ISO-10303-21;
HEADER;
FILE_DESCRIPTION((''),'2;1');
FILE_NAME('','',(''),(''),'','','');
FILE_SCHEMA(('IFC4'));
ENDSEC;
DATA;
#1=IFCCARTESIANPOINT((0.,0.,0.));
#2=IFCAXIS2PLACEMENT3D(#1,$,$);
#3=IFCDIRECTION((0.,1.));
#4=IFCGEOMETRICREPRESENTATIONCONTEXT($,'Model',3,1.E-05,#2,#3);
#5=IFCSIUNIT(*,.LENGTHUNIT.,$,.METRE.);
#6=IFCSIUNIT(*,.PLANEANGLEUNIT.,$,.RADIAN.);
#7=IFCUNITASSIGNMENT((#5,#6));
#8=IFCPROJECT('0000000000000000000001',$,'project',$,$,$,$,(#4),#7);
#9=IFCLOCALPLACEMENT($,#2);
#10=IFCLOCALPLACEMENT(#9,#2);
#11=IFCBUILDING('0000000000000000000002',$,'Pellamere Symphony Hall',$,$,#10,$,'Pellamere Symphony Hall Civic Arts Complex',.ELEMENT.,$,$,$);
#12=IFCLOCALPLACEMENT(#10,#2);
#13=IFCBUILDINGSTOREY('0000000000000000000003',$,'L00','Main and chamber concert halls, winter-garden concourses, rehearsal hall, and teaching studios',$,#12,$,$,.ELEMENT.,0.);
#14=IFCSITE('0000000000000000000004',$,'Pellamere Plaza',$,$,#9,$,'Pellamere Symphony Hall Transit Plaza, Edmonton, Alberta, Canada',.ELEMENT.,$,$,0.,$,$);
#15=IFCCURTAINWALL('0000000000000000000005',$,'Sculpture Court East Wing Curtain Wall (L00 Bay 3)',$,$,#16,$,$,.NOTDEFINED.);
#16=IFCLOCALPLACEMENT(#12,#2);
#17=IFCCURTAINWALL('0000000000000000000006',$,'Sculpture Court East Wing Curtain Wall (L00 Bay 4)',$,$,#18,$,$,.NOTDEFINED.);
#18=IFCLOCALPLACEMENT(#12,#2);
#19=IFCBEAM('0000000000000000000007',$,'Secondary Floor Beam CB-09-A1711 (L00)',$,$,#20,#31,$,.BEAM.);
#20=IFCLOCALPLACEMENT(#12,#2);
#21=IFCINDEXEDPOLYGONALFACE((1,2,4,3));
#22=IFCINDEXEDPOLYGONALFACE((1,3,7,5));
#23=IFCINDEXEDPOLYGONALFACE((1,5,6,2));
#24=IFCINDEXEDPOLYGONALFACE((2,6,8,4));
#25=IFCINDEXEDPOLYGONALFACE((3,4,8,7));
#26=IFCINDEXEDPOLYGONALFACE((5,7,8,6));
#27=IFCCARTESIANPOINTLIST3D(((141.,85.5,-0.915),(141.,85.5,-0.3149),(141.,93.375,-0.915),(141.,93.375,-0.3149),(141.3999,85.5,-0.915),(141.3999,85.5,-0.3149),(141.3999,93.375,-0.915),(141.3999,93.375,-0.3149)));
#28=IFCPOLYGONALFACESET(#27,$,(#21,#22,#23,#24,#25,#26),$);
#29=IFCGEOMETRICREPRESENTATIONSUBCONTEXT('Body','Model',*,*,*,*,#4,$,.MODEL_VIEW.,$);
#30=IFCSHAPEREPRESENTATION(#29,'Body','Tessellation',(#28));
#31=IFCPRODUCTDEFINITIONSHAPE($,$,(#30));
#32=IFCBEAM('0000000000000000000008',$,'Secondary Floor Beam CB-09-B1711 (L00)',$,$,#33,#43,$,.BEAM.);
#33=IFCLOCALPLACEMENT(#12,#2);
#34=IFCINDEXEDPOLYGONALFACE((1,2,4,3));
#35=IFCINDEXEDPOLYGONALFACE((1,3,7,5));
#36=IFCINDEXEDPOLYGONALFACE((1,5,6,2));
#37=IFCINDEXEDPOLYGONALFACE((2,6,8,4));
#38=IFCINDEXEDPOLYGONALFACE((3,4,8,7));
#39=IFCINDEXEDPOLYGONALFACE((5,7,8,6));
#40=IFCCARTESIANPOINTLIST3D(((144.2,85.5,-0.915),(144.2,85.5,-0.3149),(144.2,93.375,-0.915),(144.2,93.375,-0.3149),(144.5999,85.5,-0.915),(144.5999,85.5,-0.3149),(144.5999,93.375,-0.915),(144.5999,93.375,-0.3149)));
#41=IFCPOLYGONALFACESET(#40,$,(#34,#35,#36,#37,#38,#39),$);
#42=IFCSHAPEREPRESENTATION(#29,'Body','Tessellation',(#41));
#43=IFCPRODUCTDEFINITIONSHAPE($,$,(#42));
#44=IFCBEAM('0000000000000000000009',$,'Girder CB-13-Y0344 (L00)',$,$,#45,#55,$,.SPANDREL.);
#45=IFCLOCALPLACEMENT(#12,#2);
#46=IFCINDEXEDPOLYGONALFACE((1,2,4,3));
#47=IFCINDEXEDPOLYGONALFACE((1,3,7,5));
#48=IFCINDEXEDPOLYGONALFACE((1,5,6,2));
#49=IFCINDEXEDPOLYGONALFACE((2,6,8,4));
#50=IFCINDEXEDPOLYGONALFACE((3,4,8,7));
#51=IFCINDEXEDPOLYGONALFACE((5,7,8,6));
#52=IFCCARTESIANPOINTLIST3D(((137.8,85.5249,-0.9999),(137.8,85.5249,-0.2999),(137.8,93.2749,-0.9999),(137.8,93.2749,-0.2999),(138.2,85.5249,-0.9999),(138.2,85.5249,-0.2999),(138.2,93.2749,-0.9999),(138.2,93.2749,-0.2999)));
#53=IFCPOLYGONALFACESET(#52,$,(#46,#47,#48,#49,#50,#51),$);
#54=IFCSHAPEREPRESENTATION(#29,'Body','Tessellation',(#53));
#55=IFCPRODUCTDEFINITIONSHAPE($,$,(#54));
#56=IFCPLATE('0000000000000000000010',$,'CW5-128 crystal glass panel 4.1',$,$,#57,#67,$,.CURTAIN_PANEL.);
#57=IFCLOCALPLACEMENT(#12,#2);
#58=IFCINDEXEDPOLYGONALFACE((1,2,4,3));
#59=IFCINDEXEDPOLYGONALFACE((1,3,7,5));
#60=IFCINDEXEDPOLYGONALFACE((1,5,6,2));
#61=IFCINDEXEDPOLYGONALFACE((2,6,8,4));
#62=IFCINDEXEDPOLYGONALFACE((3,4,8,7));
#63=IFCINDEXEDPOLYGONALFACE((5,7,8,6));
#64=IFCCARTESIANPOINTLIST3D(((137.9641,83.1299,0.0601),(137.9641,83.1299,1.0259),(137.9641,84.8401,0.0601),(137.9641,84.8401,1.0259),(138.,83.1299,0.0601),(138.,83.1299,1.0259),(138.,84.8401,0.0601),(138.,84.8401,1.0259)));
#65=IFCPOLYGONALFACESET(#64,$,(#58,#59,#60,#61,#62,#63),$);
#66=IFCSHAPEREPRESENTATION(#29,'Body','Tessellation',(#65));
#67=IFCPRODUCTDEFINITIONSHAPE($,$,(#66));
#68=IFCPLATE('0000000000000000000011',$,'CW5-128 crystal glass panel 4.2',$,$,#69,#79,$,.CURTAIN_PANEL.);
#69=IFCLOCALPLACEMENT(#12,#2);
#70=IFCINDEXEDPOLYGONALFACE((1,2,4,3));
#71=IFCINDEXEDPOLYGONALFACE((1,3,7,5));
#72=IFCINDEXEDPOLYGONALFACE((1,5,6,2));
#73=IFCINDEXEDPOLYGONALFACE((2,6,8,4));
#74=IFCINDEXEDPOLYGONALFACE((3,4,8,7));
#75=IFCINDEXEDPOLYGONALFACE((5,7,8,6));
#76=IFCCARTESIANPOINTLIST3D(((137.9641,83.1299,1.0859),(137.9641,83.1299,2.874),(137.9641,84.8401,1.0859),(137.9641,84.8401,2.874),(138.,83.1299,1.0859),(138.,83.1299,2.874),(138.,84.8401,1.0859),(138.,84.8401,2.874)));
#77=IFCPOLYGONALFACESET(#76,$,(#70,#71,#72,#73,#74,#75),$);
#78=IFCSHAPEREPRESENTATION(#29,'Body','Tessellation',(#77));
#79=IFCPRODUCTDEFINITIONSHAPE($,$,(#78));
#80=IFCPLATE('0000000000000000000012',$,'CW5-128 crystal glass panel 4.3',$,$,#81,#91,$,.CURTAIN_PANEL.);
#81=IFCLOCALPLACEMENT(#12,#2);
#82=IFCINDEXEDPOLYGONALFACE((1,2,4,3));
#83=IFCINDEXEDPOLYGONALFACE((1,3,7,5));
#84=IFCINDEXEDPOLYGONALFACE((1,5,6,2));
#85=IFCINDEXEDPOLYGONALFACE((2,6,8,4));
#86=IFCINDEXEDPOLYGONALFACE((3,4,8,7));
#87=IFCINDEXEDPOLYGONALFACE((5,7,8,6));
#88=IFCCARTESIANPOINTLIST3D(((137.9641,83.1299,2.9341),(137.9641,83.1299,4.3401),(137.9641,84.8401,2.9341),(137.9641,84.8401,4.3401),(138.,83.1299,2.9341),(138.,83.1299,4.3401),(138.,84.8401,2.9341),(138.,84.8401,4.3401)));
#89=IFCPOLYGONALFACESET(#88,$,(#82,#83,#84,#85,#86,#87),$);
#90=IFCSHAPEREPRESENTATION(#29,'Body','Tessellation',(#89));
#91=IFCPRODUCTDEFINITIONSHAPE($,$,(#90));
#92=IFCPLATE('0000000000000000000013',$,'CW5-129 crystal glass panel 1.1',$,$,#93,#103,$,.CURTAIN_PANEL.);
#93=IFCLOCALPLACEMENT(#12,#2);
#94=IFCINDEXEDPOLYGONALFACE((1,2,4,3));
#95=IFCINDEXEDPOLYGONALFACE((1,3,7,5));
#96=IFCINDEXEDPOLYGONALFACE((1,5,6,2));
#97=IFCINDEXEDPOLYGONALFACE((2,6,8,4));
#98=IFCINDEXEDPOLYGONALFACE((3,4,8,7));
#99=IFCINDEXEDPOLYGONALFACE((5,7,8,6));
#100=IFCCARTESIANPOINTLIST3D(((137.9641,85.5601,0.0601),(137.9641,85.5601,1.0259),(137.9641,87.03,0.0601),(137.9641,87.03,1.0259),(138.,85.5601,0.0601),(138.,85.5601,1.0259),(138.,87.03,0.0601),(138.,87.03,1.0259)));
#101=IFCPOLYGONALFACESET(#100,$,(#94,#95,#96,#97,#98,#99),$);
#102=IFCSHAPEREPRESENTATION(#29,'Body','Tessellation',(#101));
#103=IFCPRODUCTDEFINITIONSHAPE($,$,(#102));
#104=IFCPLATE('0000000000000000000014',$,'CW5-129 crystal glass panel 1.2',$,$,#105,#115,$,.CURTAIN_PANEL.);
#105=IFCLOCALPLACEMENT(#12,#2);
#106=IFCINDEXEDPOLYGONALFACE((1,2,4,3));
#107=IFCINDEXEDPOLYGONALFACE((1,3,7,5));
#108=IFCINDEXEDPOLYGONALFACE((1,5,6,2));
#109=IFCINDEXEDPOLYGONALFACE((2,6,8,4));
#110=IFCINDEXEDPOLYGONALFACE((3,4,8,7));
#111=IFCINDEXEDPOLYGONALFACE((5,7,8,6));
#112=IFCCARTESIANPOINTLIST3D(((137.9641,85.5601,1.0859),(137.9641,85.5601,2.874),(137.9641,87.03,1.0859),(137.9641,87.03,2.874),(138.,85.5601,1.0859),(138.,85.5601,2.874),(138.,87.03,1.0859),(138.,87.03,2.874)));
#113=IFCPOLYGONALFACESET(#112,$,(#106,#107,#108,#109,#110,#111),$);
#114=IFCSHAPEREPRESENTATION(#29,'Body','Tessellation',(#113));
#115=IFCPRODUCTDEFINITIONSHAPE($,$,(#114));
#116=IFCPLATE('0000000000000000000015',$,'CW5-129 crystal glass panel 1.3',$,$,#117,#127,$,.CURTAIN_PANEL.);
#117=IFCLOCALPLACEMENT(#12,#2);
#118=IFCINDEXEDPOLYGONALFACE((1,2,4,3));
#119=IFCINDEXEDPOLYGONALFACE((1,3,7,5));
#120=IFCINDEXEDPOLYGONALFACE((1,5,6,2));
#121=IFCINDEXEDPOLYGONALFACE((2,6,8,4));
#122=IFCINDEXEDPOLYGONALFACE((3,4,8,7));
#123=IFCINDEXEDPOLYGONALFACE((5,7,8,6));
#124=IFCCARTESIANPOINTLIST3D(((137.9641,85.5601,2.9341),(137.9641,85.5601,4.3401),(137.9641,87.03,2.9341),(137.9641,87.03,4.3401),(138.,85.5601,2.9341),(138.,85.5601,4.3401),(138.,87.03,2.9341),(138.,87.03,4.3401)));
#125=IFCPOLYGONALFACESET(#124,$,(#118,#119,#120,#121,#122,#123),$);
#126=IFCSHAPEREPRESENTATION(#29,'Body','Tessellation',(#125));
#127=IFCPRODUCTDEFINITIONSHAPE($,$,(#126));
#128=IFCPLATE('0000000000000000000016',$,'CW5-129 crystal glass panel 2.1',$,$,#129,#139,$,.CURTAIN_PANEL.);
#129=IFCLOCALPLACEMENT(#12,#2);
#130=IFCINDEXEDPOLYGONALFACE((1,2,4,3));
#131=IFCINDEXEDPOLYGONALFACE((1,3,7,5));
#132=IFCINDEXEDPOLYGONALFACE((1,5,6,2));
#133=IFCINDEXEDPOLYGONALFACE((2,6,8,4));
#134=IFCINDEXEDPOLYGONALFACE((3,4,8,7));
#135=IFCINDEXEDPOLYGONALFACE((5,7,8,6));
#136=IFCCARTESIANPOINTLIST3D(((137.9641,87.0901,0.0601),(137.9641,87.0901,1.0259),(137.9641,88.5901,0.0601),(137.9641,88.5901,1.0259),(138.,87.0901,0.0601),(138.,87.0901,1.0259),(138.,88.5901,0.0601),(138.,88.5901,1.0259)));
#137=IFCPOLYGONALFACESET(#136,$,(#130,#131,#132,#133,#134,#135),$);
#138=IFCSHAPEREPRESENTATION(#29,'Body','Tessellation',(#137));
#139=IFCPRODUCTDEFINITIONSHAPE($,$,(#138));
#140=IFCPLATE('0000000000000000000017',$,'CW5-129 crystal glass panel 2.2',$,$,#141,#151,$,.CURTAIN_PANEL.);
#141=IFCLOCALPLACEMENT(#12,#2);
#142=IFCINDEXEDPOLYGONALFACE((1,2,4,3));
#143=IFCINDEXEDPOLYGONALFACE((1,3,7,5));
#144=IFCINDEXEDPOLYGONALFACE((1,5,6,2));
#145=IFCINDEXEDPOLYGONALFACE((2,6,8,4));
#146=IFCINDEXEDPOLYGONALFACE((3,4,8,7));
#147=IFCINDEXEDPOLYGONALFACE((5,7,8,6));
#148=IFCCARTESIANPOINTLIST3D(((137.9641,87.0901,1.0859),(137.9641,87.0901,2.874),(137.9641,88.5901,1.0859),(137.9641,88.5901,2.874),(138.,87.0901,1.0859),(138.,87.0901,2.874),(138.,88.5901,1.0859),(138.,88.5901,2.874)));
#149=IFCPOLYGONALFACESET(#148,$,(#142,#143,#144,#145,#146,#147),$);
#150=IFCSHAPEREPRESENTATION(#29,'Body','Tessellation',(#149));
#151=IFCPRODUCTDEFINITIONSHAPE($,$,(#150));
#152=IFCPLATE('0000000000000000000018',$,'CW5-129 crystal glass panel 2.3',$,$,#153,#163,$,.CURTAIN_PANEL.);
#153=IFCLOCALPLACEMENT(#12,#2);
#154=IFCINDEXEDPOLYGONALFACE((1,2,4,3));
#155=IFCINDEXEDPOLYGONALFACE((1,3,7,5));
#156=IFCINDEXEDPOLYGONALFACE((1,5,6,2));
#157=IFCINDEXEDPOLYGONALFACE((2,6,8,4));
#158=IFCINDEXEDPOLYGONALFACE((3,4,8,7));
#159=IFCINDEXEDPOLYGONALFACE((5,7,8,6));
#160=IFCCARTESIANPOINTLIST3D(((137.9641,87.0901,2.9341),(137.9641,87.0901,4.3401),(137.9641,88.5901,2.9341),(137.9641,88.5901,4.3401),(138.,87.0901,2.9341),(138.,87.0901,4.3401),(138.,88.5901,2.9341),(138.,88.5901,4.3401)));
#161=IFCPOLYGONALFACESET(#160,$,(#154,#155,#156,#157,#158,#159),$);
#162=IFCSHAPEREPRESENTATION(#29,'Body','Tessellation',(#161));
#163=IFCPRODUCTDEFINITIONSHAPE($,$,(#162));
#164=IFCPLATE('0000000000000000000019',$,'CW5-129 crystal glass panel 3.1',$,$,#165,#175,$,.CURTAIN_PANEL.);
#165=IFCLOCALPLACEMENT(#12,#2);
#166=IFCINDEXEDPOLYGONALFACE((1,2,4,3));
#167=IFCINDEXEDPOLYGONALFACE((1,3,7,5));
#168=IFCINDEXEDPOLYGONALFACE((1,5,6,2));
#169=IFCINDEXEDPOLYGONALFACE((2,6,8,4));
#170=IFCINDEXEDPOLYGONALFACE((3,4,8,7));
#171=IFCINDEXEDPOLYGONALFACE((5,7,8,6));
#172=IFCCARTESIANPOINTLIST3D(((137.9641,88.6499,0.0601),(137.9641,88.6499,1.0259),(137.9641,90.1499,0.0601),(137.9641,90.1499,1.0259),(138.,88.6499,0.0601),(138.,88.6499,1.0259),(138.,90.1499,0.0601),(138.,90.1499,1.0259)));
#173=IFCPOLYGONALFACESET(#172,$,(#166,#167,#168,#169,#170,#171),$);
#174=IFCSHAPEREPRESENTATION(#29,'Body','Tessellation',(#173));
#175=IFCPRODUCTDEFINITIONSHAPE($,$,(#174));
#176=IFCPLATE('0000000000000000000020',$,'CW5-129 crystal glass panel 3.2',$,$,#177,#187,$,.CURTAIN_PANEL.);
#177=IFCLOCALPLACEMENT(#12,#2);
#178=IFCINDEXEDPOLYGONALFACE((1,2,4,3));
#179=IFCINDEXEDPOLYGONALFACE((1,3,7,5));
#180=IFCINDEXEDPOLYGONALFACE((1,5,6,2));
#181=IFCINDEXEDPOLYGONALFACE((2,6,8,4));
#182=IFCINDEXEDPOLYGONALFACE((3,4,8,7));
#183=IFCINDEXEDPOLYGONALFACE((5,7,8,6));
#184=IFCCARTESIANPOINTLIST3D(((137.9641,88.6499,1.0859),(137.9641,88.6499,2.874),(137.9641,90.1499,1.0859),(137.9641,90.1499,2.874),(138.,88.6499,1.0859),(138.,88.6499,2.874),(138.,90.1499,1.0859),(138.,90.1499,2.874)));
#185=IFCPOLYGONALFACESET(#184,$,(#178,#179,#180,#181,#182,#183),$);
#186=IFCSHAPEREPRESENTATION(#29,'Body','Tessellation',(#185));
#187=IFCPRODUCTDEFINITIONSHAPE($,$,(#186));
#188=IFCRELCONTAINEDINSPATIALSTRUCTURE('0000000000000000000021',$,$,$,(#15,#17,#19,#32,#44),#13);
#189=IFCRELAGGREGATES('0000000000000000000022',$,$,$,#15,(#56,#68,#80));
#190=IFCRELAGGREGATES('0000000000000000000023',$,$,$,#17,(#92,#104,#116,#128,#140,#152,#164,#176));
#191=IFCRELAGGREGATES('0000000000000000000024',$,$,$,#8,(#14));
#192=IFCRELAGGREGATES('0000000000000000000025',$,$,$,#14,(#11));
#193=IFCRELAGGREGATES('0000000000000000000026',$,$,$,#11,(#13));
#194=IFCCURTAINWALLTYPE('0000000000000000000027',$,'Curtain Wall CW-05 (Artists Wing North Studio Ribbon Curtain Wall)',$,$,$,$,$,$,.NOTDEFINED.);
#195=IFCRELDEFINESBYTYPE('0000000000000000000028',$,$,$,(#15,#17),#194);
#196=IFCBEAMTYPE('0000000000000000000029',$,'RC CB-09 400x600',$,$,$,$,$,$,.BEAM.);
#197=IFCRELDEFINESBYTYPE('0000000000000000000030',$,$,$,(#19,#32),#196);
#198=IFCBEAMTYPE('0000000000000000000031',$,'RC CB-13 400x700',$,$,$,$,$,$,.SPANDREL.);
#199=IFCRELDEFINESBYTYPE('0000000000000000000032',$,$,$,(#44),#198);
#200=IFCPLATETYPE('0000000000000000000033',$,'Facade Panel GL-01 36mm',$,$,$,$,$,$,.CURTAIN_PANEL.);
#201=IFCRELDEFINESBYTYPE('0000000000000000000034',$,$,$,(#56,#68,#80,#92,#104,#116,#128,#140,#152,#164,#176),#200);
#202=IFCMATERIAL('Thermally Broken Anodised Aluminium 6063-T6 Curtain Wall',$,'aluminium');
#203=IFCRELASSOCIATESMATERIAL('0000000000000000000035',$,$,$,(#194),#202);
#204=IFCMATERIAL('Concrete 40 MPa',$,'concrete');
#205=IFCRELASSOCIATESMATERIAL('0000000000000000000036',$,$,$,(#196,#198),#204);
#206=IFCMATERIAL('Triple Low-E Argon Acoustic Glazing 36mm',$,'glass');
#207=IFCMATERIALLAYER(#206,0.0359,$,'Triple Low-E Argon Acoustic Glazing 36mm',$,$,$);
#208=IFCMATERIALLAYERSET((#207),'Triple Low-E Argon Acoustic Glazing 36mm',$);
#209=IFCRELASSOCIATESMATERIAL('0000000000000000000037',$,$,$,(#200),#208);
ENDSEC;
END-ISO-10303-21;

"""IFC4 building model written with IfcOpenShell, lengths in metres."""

from ifc_helpers import new_model, si_unit, direction, frame, origin, origin_2d, place, context, subcontext, project, spatial, polyline, rectangle, outline, extrude, material, layer, layer_set, material_profile, profile_set, type_object, element, aggregate, save


model = new_model("IFC4")

# Units and contexts
model_context = context("Model", 3, precision=1e-05, world=origin(), true_north=direction((0.0, 1.0)))
body_context = subcontext(model_context, "Body", "Model", "MODEL_VIEW")
ifc_project = project(units=[si_unit("LENGTHUNIT", "METRE"), si_unit("PLANEANGLEUNIT", "RADIAN")], contexts=[model_context])

# Site, building, storey
site_placement = place(None, origin())
site = spatial("IfcSite", under=ifc_project, at=site_placement, Name="Pellamere Plaza", LongName="Pellamere Symphony Hall Transit Plaza, Edmonton, Alberta, Canada", CompositionType="ELEMENT", RefElevation=0.0)
building_placement = place(site_placement, origin())
building = spatial("IfcBuilding", under=site, at=building_placement, Name="Pellamere Symphony Hall", LongName="Pellamere Symphony Hall Civic Arts Complex", CompositionType="ELEMENT")
storey_placement = place(building_placement, origin())
storey = spatial("IfcBuildingStorey", under=building, at=storey_placement, Name="L00", Description="Main and chamber concert halls, winter-garden concourses, rehearsal hall, and teaching studios", CompositionType="ELEMENT", Elevation=0.0)

# Shared definitions
ifc_material_1 = material(Name="Concrete 40 MPa", Category="concrete")

# Curtain wall
ifc_material_2 = material(Name="Thermally Broken Anodised Aluminium 6063-T6 Curtain Wall", Category="aluminium")
curtain_wall_type = type_object("IfcCurtainWallType", Name="Curtain Wall CW-05 (Artists Wing North Studio Ribbon Curtain Wall)", PredefinedType="NOTDEFINED", material=ifc_material_2)
curtain_wall_1_placement = place(storey_placement, origin())
curtain_wall_1 = element("IfcCurtainWall", 1, at=curtain_wall_1_placement, inside=storey, type_object=curtain_wall_type, Name="Sculpture Court East Wing Curtain Wall (L00 Bay 3)", PredefinedType="NOTDEFINED")

# Curtain wall
curtain_wall_2_placement = place(storey_placement, origin())
curtain_wall_2 = element("IfcCurtainWall", 2, at=curtain_wall_2_placement, inside=storey, type_object=curtain_wall_type, Name="Sculpture Court East Wing Curtain Wall (L00 Bay 4)", PredefinedType="NOTDEFINED")

# Beams
ifc_material_profile_1 = material_profile(ifc_material_1, rectangle(XDim=0.3999, YDim=0.6001, at=origin_2d()), Name="RC 400x600")
ifc_profile_set_1 = profile_set([ifc_material_profile_1], Name="Concrete 40 MPa")
beam_type_1 = type_object("IfcBeamType", Name="RC CB-09 400x600", PredefinedType="BEAM", material=ifc_profile_set_1)
for number, where, z_axis, x_axis, name in (
    (3, (141.2, 85.5, -0.615), (0.0, 1.0, 0.0), (-1.0, 0.0, 0.0), "Secondary Floor Beam CB-09-A1711 (L00)"),
    (4, (144.3999, 85.5, -0.615), (0.0, 1.0, 0.0), (-1.0, 0.0, 0.0), "Secondary Floor Beam CB-09-B1711 (L00)"),
):
    element("IfcBeam", number, at=place(storey_placement, frame(where, z_axis=z_axis, x_axis=x_axis)), inside=storey, type_object=beam_type_1, Name=name, PredefinedType="BEAM", context=body_context, shape_type="SweptSolid", body=[
        extrude(rectangle(XDim=0.3999, YDim=0.6001, at=origin_2d()), origin(), (0.0, 0.0, 1.0), 7.875),
    ])
ifc_material_profile_2 = material_profile(ifc_material_1, rectangle(XDim=0.3999, YDim=0.7, at=origin_2d()), Name="RC 400x700")
ifc_profile_set_2 = profile_set([ifc_material_profile_2], Name="Concrete 40 MPa")
beam_type_2 = type_object("IfcBeamType", Name="RC CB-13 400x700", PredefinedType="SPANDREL", material=ifc_profile_set_2)
beam_1_placement = place(storey_placement, frame((138.0, 85.5249, -0.6499), z_axis=(0.0, 1.0, 0.0), x_axis=(-1.0, 0.0, 0.0)))
element("IfcBeam", 5, at=beam_1_placement, inside=storey, type_object=beam_type_2, Name="Girder CB-13-Y0344 (L00)", PredefinedType="SPANDREL", context=body_context, shape_type="SweptSolid", body=[
    extrude(rectangle(XDim=0.3999, YDim=0.7, at=origin_2d()), origin(), (0.0, 0.0, 1.0), 7.75),
])

# Plates
ifc_material_3 = material(Name="Triple Low-E Argon Acoustic Glazing 36mm", Category="glass")
ifc_layer = layer(ifc_material_3, 0.0359, Name="Triple Low-E Argon Acoustic Glazing 36mm")
ifc_layer_set = layer_set([ifc_layer], Name="Triple Low-E Argon Acoustic Glazing 36mm")
plate_type = type_object("IfcPlateType", Name="Facade Panel GL-01 36mm", PredefinedType="CURTAIN_PANEL", material=ifc_layer_set)
plate_1_placement = place(storey_placement, frame((138.0, 83.1299, 0.0601), z_axis=(1.0, 0.0, 0.0), x_axis=(0.0, 1.0, 0.0)))
plate_1 = element("IfcPlate", 6, at=plate_1_placement, type_object=plate_type, Name="CW5-128 crystal glass panel 4.1", PredefinedType="CURTAIN_PANEL", context=body_context, shape_type="SweptSolid", body=[
    extrude(outline(polyline([(0.0, 0.0), (1.7102, 0.0), (1.7102, 0.9658), (0.0, 0.9658), (0.0, 0.0)])), origin(), (0.0, 0.0, -1.0), 0.0359),
])
plate_2_placement = place(storey_placement, frame((138.0, 83.1299, 1.0859), z_axis=(1.0, 0.0, 0.0), x_axis=(0.0, 1.0, 0.0)))
plate_2 = element("IfcPlate", 7, at=plate_2_placement, type_object=plate_type, Name="CW5-128 crystal glass panel 4.2", PredefinedType="CURTAIN_PANEL", context=body_context, shape_type="SweptSolid", body=[
    extrude(outline(polyline([(0.0, 0.0), (1.7102, 0.0), (1.7102, 1.7881), (0.0, 1.7881), (0.0, 0.0)])), origin(), (0.0, 0.0, -1.0), 0.0359),
])
plate_3_placement = place(storey_placement, frame((138.0, 83.1299, 2.9341), z_axis=(1.0, 0.0, 0.0), x_axis=(0.0, 1.0, 0.0)))
plate_3 = element("IfcPlate", 8, at=plate_3_placement, type_object=plate_type, Name="CW5-128 crystal glass panel 4.3", PredefinedType="CURTAIN_PANEL", context=body_context, shape_type="SweptSolid", body=[
    extrude(outline(polyline([(0.0, 0.0), (1.7102, 0.0), (1.7102, 1.406), (0.0, 1.406), (0.0, 0.0)])), origin(), (0.0, 0.0, -1.0), 0.0359),
])
aggregate(curtain_wall_1, [plate_1, plate_2, plate_3])
plate_4_placement = place(storey_placement, frame((138.0, 85.5601, 0.0601), z_axis=(1.0, 0.0, 0.0), x_axis=(0.0, 1.0, 0.0)))
plate_4 = element("IfcPlate", 9, at=plate_4_placement, type_object=plate_type, Name="CW5-129 crystal glass panel 1.1", PredefinedType="CURTAIN_PANEL", context=body_context, shape_type="SweptSolid", body=[
    extrude(outline(polyline([(0.0, 0.0), (1.47, 0.0), (1.47, 0.9658), (0.0, 0.9658), (0.0, 0.0)])), origin(), (0.0, 0.0, -1.0), 0.0359),
])
plate_5_placement = place(storey_placement, frame((138.0, 85.5601, 1.0859), z_axis=(1.0, 0.0, 0.0), x_axis=(0.0, 1.0, 0.0)))
plate_5 = element("IfcPlate", 10, at=plate_5_placement, type_object=plate_type, Name="CW5-129 crystal glass panel 1.2", PredefinedType="CURTAIN_PANEL", context=body_context, shape_type="SweptSolid", body=[
    extrude(outline(polyline([(0.0, 0.0), (1.47, 0.0), (1.47, 1.7881), (0.0, 1.7881), (0.0, 0.0)])), origin(), (0.0, 0.0, -1.0), 0.0359),
])
plate_6_placement = place(storey_placement, frame((138.0, 85.5601, 2.9341), z_axis=(1.0, 0.0, 0.0), x_axis=(0.0, 1.0, 0.0)))
plate_6 = element("IfcPlate", 11, at=plate_6_placement, type_object=plate_type, Name="CW5-129 crystal glass panel 1.3", PredefinedType="CURTAIN_PANEL", context=body_context, shape_type="SweptSolid", body=[
    extrude(outline(polyline([(0.0, 0.0), (1.47, 0.0), (1.47, 1.406), (0.0, 1.406), (0.0, 0.0)])), origin(), (0.0, 0.0, -1.0), 0.0359),
])
plate_7_placement = place(storey_placement, frame((138.0, 87.0901, 0.0601), z_axis=(1.0, 0.0, 0.0), x_axis=(0.0, 1.0, 0.0)))
plate_7 = element("IfcPlate", 12, at=plate_7_placement, type_object=plate_type, Name="CW5-129 crystal glass panel 2.1", PredefinedType="CURTAIN_PANEL", context=body_context, shape_type="SweptSolid", body=[
    extrude(outline(polyline([(0.0, 0.0), (1.5, 0.0), (1.5, 0.9658), (0.0, 0.9658), (0.0, 0.0)])), origin(), (0.0, 0.0, -1.0), 0.0359),
])
plate_8_placement = place(storey_placement, frame((138.0, 87.0901, 1.0859), z_axis=(1.0, 0.0, 0.0), x_axis=(0.0, 1.0, 0.0)))
plate_8 = element("IfcPlate", 13, at=plate_8_placement, type_object=plate_type, Name="CW5-129 crystal glass panel 2.2", PredefinedType="CURTAIN_PANEL", context=body_context, shape_type="SweptSolid", body=[
    extrude(outline(polyline([(0.0, 0.0), (1.5, 0.0), (1.5, 1.7881), (0.0, 1.7881), (0.0, 0.0)])), origin(), (0.0, 0.0, -1.0), 0.0359),
])
plate_9_placement = place(storey_placement, frame((138.0, 87.0901, 2.9341), z_axis=(1.0, 0.0, 0.0), x_axis=(0.0, 1.0, 0.0)))
plate_9 = element("IfcPlate", 14, at=plate_9_placement, type_object=plate_type, Name="CW5-129 crystal glass panel 2.3", PredefinedType="CURTAIN_PANEL", context=body_context, shape_type="SweptSolid", body=[
    extrude(outline(polyline([(0.0, 0.0), (1.5, 0.0), (1.5, 1.406), (0.0, 1.406), (0.0, 0.0)])), origin(), (0.0, 0.0, -1.0), 0.0359),
])
plate_10_placement = place(storey_placement, frame((138.0, 88.6499, 0.0601), z_axis=(1.0, 0.0, 0.0), x_axis=(0.0, 1.0, 0.0)))
plate_10 = element("IfcPlate", 15, at=plate_10_placement, type_object=plate_type, Name="CW5-129 crystal glass panel 3.1", PredefinedType="CURTAIN_PANEL", context=body_context, shape_type="SweptSolid", body=[
    extrude(outline(polyline([(0.0, 0.0), (1.5, 0.0), (1.5, 0.9658), (0.0, 0.9658), (0.0, 0.0)])), origin(), (0.0, 0.0, -1.0), 0.0359),
])
plate_11_placement = place(storey_placement, frame((138.0, 88.6499, 1.0859), z_axis=(1.0, 0.0, 0.0), x_axis=(0.0, 1.0, 0.0)))
plate_11 = element("IfcPlate", 16, at=plate_11_placement, type_object=plate_type, Name="CW5-129 crystal glass panel 3.2", PredefinedType="CURTAIN_PANEL", context=body_context, shape_type="SweptSolid", body=[
    extrude(outline(polyline([(0.0, 0.0), (1.5, 0.0), (1.5, 1.7881), (0.0, 1.7881), (0.0, 0.0)])), origin(), (0.0, 0.0, -1.0), 0.0359),
])
aggregate(curtain_wall_2, [plate_4, plate_5, plate_6, plate_7, plate_8, plate_9, plate_10, plate_11])

save(model, "model.ifc")
